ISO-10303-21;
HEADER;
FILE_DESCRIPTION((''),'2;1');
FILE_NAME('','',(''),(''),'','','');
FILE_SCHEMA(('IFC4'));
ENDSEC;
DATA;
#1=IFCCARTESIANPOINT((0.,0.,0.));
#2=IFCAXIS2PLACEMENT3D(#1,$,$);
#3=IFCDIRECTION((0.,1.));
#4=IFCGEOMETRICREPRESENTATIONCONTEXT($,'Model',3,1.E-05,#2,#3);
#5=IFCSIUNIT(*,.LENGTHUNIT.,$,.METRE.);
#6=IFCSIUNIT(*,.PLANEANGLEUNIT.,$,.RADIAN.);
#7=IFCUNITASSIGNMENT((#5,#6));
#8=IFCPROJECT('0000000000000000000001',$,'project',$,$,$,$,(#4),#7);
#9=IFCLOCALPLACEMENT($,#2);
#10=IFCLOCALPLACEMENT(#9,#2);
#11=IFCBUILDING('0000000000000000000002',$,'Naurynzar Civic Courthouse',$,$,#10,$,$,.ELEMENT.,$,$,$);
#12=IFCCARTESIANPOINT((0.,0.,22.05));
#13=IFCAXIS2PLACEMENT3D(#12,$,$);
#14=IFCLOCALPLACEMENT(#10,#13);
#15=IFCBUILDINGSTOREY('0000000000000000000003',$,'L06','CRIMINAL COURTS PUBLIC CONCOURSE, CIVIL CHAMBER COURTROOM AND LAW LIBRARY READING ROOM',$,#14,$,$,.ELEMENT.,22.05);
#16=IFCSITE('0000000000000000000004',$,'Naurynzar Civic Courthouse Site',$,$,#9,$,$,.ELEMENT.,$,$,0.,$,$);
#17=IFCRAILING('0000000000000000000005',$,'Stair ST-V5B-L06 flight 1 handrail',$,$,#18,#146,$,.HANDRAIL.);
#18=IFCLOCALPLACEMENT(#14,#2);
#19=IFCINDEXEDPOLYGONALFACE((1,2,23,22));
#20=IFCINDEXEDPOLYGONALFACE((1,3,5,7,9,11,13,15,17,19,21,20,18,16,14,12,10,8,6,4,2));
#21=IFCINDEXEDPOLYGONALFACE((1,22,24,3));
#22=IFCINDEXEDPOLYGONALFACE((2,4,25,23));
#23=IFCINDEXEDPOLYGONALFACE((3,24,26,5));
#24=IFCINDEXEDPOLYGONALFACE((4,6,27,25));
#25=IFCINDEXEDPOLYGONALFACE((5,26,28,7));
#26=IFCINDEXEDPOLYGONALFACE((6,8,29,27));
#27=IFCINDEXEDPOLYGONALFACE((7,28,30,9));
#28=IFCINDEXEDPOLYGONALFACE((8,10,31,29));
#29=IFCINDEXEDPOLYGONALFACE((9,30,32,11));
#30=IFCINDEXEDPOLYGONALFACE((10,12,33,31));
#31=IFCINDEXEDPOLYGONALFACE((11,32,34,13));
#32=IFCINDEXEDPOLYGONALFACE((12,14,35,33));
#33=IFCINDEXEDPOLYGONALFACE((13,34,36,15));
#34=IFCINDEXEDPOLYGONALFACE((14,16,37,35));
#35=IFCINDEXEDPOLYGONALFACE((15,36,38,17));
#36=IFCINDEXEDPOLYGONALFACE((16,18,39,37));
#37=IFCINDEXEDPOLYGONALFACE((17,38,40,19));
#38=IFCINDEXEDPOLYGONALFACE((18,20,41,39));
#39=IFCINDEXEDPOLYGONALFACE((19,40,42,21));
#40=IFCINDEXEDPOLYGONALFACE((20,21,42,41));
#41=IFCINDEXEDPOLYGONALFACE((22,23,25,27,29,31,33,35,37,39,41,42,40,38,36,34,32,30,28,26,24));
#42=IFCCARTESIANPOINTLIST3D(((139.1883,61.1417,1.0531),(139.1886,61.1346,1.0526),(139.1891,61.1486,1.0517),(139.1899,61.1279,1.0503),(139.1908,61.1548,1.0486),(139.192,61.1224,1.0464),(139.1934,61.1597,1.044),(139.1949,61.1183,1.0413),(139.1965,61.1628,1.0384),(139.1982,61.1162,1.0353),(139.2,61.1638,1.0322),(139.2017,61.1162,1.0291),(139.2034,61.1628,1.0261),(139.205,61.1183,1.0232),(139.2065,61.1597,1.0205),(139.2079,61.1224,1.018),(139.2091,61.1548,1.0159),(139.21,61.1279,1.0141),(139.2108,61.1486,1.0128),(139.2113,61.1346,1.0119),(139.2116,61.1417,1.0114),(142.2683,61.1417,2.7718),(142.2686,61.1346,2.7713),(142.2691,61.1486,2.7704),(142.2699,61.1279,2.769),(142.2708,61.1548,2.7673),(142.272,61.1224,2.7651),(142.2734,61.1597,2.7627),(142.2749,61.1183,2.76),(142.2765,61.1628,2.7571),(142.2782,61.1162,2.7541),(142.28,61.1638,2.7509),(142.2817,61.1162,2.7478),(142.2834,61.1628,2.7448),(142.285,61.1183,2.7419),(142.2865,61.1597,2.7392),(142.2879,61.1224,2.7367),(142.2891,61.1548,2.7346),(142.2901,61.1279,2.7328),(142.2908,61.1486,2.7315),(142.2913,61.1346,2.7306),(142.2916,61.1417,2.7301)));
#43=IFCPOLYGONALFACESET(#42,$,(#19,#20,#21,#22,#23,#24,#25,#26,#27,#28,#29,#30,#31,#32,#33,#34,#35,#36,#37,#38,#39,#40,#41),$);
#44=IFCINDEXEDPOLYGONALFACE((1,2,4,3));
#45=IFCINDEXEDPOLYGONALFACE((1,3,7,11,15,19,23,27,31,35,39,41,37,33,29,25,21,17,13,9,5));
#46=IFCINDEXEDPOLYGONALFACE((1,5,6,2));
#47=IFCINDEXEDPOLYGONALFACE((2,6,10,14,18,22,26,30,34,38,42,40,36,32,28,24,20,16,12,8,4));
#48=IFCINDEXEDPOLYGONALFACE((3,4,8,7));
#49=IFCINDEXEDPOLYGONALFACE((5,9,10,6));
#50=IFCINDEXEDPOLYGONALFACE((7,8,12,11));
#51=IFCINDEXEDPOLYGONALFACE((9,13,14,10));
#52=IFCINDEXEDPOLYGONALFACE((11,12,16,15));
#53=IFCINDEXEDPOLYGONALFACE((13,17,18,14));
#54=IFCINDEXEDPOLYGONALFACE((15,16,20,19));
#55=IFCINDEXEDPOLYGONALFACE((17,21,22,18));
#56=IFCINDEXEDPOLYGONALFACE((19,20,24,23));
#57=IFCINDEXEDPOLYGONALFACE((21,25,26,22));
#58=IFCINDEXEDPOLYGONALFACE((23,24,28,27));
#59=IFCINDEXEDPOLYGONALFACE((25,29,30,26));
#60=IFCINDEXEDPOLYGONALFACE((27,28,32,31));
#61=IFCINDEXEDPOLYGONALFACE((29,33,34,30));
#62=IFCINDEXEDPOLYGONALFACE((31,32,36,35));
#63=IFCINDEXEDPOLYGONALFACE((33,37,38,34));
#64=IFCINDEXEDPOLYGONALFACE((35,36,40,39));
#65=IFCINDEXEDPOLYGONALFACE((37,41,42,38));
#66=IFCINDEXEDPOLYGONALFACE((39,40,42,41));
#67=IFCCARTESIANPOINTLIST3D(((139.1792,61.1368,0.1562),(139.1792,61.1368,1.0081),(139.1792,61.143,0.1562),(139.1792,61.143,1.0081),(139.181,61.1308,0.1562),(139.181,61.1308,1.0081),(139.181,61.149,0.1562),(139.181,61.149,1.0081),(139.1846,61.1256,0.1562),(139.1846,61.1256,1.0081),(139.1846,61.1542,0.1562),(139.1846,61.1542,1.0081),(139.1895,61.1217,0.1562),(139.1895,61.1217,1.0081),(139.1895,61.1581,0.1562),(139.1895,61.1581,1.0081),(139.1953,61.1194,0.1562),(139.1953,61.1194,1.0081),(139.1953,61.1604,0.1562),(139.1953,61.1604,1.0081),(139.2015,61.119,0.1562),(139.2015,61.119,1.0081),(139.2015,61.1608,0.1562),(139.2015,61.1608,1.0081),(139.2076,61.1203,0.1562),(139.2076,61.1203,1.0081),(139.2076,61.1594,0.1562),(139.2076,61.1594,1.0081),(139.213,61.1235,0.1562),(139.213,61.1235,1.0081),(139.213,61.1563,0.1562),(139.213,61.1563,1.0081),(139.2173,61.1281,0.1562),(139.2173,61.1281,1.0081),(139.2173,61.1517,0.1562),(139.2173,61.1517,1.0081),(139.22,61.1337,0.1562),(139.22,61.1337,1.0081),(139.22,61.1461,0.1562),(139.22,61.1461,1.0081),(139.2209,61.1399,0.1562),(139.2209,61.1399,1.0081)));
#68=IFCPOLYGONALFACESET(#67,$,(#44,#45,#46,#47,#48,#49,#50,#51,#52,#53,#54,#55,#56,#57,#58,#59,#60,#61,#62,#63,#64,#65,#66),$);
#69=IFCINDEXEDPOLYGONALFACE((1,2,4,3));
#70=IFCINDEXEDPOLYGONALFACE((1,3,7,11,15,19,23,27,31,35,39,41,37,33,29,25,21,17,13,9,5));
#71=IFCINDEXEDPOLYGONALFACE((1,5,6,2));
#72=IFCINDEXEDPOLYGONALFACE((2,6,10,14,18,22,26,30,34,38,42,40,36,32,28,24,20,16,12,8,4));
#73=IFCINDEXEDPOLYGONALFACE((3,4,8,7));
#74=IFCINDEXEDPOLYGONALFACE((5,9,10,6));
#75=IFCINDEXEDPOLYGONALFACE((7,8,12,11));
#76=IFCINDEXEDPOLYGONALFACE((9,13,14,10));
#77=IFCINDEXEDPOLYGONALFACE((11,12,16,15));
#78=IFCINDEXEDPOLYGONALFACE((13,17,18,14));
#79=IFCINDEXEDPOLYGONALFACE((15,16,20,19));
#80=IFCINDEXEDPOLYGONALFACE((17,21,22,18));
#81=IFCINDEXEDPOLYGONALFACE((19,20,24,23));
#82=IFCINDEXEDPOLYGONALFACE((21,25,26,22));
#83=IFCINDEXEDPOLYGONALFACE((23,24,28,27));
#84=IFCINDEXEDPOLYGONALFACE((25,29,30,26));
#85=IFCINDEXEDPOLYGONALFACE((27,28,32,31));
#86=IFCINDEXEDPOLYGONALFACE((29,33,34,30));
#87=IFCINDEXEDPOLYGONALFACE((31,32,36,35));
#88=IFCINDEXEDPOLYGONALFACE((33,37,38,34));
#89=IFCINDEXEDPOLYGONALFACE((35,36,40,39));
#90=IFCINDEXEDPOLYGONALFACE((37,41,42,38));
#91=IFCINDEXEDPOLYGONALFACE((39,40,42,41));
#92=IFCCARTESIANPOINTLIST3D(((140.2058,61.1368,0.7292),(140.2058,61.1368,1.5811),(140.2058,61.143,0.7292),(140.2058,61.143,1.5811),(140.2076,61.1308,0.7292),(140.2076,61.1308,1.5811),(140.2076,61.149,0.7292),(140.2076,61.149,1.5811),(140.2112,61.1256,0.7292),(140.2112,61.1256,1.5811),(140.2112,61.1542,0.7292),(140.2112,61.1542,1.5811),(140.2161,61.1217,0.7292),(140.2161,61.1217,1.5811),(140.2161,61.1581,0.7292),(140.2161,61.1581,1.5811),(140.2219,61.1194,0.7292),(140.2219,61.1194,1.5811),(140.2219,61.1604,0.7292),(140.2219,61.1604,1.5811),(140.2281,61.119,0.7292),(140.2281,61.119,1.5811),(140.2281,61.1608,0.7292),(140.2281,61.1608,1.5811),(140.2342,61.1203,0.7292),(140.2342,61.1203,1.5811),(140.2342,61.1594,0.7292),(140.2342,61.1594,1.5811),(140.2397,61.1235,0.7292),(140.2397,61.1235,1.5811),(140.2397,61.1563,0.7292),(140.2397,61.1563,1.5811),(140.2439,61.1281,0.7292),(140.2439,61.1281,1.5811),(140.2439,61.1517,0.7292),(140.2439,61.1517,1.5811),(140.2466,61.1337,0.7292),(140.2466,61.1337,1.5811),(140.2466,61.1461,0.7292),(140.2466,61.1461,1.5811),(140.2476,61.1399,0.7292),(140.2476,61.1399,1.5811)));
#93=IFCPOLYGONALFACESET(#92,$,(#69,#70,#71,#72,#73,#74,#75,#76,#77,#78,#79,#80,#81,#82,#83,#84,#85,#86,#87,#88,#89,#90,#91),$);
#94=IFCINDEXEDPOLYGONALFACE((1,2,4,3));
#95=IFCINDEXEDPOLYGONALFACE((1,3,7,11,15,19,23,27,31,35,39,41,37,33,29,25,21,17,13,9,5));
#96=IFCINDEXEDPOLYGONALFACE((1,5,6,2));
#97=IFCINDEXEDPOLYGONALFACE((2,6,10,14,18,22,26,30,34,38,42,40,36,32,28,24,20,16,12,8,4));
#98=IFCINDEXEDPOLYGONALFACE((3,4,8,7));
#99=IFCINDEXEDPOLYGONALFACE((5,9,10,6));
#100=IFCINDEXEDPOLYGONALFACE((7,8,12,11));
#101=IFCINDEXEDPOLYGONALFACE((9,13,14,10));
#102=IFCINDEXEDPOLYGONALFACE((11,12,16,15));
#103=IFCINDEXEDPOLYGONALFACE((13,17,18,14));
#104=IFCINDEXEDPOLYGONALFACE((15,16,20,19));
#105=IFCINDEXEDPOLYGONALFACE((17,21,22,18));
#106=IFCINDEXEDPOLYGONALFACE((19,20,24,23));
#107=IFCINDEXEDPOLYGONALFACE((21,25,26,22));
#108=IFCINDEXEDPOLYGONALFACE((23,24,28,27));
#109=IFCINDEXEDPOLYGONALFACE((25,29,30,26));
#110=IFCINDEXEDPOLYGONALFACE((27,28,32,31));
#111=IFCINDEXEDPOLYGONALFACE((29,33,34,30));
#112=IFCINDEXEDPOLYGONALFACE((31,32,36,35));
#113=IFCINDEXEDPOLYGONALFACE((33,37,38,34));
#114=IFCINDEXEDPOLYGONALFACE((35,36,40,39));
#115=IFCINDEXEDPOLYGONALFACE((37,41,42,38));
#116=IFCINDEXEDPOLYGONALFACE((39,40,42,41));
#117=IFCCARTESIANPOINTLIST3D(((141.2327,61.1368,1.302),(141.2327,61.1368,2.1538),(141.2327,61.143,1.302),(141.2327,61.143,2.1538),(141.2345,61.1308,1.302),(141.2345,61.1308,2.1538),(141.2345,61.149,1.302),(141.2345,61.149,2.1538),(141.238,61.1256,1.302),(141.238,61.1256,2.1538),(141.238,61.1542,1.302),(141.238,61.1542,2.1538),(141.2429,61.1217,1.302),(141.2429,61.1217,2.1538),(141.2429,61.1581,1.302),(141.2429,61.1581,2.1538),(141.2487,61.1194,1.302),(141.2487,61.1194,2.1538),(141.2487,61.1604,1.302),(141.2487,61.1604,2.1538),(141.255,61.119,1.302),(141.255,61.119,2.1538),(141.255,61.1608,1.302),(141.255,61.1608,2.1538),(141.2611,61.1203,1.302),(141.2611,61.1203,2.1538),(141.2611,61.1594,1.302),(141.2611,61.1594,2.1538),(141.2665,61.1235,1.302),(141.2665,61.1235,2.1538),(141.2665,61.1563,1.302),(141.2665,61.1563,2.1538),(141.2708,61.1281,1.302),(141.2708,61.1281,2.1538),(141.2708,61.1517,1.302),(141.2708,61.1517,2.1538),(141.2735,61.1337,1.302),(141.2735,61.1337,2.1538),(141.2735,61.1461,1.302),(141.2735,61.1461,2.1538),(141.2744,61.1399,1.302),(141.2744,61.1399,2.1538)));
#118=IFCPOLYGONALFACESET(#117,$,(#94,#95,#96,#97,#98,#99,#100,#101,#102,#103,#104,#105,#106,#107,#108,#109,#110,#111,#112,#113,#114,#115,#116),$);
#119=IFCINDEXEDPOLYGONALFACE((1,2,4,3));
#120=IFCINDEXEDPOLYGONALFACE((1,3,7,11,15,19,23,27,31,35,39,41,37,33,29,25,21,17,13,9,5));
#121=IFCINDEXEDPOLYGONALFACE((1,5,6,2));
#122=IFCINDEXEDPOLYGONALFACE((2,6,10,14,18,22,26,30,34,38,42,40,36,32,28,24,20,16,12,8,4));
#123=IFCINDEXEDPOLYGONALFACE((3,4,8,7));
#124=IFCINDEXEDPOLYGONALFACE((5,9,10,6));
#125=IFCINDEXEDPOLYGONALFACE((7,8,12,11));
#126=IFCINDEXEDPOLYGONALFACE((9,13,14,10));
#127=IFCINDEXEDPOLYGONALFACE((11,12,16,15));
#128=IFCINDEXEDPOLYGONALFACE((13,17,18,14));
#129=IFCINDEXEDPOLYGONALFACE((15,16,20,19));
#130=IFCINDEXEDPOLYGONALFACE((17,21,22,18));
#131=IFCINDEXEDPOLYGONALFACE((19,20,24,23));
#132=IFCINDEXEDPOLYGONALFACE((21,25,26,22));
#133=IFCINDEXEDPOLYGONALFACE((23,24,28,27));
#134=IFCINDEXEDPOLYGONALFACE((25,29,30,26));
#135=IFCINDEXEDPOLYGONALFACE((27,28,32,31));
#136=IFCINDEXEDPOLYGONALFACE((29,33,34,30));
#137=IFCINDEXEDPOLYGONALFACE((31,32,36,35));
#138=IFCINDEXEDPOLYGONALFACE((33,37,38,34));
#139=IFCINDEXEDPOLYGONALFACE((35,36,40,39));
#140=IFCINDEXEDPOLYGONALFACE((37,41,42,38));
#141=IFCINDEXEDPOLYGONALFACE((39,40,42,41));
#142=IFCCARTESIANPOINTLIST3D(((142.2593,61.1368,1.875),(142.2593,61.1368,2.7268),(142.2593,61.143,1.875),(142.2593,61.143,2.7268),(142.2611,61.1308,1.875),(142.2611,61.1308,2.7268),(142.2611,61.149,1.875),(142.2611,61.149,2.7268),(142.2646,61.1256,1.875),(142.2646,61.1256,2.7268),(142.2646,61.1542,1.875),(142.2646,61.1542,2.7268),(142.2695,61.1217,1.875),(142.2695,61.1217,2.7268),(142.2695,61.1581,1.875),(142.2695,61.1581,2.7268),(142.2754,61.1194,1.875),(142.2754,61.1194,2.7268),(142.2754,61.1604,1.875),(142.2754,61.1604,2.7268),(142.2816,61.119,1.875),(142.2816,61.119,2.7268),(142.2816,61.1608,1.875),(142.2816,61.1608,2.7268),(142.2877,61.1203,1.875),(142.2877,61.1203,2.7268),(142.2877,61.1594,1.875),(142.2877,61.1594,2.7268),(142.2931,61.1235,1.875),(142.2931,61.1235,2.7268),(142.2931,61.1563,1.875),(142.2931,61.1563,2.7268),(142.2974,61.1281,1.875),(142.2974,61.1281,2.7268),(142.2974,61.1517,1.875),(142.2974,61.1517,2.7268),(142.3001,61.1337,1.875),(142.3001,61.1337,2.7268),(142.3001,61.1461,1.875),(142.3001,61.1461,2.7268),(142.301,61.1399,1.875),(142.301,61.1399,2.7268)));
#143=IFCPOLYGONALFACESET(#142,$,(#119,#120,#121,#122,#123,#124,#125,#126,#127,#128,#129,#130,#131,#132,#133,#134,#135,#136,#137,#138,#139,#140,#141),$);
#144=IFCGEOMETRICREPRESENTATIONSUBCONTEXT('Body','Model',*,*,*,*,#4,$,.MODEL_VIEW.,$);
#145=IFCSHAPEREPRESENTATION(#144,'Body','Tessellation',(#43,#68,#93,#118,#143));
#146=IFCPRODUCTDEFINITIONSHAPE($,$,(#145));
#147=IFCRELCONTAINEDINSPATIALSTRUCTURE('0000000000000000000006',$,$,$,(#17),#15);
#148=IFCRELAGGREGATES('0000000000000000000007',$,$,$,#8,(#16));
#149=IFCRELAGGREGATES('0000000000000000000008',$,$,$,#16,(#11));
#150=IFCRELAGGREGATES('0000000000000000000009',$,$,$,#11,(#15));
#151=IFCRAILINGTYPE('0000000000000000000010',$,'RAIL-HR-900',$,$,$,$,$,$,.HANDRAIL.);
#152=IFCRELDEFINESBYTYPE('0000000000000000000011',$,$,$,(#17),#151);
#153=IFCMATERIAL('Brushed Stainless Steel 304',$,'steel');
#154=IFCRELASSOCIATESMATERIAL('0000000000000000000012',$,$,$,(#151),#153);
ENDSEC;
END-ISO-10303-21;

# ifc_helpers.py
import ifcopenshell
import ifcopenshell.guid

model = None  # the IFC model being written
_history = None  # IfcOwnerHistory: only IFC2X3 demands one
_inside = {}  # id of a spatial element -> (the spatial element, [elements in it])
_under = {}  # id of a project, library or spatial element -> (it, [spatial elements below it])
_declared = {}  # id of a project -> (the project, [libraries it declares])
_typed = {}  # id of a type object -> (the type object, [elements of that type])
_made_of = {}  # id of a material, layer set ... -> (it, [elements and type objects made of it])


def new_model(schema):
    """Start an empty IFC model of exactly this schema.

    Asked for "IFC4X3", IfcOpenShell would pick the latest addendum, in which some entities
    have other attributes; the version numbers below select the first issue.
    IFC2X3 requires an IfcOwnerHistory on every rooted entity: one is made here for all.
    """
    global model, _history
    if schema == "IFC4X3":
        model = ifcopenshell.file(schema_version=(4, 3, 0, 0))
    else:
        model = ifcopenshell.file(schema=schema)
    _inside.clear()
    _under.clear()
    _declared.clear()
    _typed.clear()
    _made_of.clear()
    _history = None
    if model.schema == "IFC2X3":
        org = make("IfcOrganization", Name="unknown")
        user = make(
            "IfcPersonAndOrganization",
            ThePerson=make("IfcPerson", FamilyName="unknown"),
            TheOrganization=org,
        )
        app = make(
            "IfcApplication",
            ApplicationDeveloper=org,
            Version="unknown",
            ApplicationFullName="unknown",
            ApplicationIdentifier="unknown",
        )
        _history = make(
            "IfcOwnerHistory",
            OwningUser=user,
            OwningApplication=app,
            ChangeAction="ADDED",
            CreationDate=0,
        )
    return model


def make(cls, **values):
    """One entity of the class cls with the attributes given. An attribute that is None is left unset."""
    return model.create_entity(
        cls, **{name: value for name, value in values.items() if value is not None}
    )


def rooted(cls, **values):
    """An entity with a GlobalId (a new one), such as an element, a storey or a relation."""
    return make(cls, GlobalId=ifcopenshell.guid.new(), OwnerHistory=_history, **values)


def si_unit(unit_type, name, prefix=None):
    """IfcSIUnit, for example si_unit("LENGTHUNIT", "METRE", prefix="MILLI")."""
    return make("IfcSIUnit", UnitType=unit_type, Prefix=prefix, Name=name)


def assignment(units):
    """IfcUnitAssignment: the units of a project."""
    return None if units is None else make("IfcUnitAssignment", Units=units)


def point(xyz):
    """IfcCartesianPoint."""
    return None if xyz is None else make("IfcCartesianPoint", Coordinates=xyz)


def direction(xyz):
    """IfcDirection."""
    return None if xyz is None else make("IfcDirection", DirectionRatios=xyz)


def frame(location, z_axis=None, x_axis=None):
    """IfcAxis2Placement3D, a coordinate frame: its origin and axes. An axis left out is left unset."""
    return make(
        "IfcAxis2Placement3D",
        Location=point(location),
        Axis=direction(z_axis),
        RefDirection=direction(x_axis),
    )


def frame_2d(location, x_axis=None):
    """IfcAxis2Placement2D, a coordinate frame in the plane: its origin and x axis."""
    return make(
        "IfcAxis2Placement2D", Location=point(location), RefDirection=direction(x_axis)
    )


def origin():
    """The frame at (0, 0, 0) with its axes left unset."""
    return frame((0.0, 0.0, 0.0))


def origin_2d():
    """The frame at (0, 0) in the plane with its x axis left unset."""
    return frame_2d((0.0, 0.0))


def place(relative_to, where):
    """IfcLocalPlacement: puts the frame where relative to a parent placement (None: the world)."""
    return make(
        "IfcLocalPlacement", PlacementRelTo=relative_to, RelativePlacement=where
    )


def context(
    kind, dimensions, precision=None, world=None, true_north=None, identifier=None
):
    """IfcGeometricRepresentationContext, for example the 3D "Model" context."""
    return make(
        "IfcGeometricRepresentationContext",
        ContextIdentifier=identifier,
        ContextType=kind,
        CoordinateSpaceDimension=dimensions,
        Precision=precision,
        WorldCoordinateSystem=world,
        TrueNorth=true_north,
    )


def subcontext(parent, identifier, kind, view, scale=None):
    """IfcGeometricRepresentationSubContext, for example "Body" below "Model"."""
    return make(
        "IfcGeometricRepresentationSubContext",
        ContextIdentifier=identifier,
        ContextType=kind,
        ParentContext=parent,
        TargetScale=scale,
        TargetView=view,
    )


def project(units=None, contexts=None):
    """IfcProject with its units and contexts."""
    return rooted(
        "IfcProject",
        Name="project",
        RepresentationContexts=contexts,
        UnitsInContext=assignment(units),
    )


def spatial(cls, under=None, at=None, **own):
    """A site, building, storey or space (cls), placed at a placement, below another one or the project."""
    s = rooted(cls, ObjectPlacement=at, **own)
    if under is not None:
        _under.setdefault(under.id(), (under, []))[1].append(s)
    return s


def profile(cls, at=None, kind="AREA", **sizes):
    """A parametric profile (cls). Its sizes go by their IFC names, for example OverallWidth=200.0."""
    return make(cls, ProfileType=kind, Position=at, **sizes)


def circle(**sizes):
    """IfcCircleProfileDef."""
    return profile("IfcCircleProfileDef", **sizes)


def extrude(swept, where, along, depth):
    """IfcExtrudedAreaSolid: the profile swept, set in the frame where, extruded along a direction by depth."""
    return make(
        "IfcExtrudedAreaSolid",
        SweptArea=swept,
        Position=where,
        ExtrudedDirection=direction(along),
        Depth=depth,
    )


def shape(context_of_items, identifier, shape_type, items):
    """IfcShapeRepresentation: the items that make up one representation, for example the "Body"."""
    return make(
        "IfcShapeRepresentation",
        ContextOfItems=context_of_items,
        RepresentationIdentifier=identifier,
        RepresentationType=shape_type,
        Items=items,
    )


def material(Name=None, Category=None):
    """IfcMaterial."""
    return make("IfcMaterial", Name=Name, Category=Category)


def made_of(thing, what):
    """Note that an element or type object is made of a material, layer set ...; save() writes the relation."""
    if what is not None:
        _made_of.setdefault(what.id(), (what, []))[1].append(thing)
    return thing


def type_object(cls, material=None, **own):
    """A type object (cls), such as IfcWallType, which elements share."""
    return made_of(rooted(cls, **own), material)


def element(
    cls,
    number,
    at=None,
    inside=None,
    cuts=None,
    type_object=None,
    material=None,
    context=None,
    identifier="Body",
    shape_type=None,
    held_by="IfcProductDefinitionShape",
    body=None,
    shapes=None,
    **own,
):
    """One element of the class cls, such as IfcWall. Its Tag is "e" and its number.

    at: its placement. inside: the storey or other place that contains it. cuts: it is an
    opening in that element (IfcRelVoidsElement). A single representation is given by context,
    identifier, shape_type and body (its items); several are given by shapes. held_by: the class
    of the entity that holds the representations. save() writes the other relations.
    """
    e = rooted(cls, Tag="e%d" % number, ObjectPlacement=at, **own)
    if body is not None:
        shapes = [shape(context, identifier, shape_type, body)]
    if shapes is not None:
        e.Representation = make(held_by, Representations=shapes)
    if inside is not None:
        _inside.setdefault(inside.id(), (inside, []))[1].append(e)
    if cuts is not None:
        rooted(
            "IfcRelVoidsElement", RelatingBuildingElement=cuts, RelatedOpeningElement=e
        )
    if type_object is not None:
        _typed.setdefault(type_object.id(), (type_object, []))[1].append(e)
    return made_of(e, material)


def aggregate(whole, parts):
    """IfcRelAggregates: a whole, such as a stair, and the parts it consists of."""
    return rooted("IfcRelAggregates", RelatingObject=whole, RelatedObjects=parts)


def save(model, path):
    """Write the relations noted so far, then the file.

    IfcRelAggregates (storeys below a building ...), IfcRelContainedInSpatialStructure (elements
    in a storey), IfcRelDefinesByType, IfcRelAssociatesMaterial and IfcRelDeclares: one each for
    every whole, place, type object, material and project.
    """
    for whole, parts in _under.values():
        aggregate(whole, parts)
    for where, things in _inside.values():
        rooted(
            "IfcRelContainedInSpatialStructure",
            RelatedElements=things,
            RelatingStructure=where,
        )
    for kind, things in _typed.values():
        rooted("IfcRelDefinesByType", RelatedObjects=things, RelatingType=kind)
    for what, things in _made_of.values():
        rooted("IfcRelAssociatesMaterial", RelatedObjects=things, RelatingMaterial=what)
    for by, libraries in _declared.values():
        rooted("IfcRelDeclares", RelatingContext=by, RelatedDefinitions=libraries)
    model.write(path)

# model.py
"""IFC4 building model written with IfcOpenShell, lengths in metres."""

from ifc_helpers import new_model, si_unit, direction, frame, origin, origin_2d, place, context, subcontext, project, spatial, circle, extrude, material, type_object, element, save


model = new_model("IFC4")

# Units and contexts
model_context = context("Model", 3, precision=1e-05, world=origin(), true_north=direction((0.0, 1.0)))
body_context = subcontext(model_context, "Body", "Model", "MODEL_VIEW")
ifc_project = project(units=[si_unit("LENGTHUNIT", "METRE"), si_unit("PLANEANGLEUNIT", "RADIAN")], contexts=[model_context])

# Site, building, storey
site_placement = place(None, origin())
site = spatial("IfcSite", under=ifc_project, at=site_placement, Name="Naurynzar Civic Courthouse Site", CompositionType="ELEMENT", RefElevation=0.0)
building_placement = place(site_placement, origin())
building = spatial("IfcBuilding", under=site, at=building_placement, Name="Naurynzar Civic Courthouse", CompositionType="ELEMENT")
storey_placement = place(building_placement, frame((0.0, 0.0, 22.05)))
storey = spatial("IfcBuildingStorey", under=building, at=storey_placement, Name="L06", Description="CRIMINAL COURTS PUBLIC CONCOURSE, CIVIL CHAMBER COURTROOM AND LAW LIBRARY READING ROOM", CompositionType="ELEMENT", Elevation=22.05)

# Railing
ifc_material_1 = material(Name="Brushed Stainless Steel 304", Category="steel")
railing_type_1 = type_object("IfcRailingType", Name="RAIL-HR-900", PredefinedType="HANDRAIL", material=ifc_material_1)
railing_1_placement = place(storey_placement, frame((139.2, 61.1399, 0.1562)))
element("IfcRailing", 1, at=railing_1_placement, inside=storey, type_object=railing_type_1, Name="Stair ST-V5B-L06 flight 1 handrail", PredefinedType="HANDRAIL", context=body_context, shape_type="SweptSolid", body=[
    extrude(circle(Radius=0.0239, at=origin_2d()), frame((0.0, 0.0, 0.876), z_axis=(0.873242, 0.0, 0.487288), x_axis=(0.0, 1.0, 0.0)), (0.0, 0.0, 1.0), 3.5271),
    extrude(circle(Radius=0.021, at=origin_2d()), origin(), (0.0, 0.0, 1.0), 0.8518),
    extrude(circle(Radius=0.021, at=origin_2d()), frame((1.0266, 0.0, 0.573)), (0.0, 0.0, 1.0), 0.8518),
    extrude(circle(Radius=0.021, at=origin_2d()), frame((2.0535, 0.0, 1.1458)), (0.0, 0.0, 1.0), 0.8518),
    extrude(circle(Radius=0.021, at=origin_2d()), frame((3.0801, 0.0, 1.7188)), (0.0, 0.0, 1.0), 0.8518),
])

save(model, "model.ifc")
